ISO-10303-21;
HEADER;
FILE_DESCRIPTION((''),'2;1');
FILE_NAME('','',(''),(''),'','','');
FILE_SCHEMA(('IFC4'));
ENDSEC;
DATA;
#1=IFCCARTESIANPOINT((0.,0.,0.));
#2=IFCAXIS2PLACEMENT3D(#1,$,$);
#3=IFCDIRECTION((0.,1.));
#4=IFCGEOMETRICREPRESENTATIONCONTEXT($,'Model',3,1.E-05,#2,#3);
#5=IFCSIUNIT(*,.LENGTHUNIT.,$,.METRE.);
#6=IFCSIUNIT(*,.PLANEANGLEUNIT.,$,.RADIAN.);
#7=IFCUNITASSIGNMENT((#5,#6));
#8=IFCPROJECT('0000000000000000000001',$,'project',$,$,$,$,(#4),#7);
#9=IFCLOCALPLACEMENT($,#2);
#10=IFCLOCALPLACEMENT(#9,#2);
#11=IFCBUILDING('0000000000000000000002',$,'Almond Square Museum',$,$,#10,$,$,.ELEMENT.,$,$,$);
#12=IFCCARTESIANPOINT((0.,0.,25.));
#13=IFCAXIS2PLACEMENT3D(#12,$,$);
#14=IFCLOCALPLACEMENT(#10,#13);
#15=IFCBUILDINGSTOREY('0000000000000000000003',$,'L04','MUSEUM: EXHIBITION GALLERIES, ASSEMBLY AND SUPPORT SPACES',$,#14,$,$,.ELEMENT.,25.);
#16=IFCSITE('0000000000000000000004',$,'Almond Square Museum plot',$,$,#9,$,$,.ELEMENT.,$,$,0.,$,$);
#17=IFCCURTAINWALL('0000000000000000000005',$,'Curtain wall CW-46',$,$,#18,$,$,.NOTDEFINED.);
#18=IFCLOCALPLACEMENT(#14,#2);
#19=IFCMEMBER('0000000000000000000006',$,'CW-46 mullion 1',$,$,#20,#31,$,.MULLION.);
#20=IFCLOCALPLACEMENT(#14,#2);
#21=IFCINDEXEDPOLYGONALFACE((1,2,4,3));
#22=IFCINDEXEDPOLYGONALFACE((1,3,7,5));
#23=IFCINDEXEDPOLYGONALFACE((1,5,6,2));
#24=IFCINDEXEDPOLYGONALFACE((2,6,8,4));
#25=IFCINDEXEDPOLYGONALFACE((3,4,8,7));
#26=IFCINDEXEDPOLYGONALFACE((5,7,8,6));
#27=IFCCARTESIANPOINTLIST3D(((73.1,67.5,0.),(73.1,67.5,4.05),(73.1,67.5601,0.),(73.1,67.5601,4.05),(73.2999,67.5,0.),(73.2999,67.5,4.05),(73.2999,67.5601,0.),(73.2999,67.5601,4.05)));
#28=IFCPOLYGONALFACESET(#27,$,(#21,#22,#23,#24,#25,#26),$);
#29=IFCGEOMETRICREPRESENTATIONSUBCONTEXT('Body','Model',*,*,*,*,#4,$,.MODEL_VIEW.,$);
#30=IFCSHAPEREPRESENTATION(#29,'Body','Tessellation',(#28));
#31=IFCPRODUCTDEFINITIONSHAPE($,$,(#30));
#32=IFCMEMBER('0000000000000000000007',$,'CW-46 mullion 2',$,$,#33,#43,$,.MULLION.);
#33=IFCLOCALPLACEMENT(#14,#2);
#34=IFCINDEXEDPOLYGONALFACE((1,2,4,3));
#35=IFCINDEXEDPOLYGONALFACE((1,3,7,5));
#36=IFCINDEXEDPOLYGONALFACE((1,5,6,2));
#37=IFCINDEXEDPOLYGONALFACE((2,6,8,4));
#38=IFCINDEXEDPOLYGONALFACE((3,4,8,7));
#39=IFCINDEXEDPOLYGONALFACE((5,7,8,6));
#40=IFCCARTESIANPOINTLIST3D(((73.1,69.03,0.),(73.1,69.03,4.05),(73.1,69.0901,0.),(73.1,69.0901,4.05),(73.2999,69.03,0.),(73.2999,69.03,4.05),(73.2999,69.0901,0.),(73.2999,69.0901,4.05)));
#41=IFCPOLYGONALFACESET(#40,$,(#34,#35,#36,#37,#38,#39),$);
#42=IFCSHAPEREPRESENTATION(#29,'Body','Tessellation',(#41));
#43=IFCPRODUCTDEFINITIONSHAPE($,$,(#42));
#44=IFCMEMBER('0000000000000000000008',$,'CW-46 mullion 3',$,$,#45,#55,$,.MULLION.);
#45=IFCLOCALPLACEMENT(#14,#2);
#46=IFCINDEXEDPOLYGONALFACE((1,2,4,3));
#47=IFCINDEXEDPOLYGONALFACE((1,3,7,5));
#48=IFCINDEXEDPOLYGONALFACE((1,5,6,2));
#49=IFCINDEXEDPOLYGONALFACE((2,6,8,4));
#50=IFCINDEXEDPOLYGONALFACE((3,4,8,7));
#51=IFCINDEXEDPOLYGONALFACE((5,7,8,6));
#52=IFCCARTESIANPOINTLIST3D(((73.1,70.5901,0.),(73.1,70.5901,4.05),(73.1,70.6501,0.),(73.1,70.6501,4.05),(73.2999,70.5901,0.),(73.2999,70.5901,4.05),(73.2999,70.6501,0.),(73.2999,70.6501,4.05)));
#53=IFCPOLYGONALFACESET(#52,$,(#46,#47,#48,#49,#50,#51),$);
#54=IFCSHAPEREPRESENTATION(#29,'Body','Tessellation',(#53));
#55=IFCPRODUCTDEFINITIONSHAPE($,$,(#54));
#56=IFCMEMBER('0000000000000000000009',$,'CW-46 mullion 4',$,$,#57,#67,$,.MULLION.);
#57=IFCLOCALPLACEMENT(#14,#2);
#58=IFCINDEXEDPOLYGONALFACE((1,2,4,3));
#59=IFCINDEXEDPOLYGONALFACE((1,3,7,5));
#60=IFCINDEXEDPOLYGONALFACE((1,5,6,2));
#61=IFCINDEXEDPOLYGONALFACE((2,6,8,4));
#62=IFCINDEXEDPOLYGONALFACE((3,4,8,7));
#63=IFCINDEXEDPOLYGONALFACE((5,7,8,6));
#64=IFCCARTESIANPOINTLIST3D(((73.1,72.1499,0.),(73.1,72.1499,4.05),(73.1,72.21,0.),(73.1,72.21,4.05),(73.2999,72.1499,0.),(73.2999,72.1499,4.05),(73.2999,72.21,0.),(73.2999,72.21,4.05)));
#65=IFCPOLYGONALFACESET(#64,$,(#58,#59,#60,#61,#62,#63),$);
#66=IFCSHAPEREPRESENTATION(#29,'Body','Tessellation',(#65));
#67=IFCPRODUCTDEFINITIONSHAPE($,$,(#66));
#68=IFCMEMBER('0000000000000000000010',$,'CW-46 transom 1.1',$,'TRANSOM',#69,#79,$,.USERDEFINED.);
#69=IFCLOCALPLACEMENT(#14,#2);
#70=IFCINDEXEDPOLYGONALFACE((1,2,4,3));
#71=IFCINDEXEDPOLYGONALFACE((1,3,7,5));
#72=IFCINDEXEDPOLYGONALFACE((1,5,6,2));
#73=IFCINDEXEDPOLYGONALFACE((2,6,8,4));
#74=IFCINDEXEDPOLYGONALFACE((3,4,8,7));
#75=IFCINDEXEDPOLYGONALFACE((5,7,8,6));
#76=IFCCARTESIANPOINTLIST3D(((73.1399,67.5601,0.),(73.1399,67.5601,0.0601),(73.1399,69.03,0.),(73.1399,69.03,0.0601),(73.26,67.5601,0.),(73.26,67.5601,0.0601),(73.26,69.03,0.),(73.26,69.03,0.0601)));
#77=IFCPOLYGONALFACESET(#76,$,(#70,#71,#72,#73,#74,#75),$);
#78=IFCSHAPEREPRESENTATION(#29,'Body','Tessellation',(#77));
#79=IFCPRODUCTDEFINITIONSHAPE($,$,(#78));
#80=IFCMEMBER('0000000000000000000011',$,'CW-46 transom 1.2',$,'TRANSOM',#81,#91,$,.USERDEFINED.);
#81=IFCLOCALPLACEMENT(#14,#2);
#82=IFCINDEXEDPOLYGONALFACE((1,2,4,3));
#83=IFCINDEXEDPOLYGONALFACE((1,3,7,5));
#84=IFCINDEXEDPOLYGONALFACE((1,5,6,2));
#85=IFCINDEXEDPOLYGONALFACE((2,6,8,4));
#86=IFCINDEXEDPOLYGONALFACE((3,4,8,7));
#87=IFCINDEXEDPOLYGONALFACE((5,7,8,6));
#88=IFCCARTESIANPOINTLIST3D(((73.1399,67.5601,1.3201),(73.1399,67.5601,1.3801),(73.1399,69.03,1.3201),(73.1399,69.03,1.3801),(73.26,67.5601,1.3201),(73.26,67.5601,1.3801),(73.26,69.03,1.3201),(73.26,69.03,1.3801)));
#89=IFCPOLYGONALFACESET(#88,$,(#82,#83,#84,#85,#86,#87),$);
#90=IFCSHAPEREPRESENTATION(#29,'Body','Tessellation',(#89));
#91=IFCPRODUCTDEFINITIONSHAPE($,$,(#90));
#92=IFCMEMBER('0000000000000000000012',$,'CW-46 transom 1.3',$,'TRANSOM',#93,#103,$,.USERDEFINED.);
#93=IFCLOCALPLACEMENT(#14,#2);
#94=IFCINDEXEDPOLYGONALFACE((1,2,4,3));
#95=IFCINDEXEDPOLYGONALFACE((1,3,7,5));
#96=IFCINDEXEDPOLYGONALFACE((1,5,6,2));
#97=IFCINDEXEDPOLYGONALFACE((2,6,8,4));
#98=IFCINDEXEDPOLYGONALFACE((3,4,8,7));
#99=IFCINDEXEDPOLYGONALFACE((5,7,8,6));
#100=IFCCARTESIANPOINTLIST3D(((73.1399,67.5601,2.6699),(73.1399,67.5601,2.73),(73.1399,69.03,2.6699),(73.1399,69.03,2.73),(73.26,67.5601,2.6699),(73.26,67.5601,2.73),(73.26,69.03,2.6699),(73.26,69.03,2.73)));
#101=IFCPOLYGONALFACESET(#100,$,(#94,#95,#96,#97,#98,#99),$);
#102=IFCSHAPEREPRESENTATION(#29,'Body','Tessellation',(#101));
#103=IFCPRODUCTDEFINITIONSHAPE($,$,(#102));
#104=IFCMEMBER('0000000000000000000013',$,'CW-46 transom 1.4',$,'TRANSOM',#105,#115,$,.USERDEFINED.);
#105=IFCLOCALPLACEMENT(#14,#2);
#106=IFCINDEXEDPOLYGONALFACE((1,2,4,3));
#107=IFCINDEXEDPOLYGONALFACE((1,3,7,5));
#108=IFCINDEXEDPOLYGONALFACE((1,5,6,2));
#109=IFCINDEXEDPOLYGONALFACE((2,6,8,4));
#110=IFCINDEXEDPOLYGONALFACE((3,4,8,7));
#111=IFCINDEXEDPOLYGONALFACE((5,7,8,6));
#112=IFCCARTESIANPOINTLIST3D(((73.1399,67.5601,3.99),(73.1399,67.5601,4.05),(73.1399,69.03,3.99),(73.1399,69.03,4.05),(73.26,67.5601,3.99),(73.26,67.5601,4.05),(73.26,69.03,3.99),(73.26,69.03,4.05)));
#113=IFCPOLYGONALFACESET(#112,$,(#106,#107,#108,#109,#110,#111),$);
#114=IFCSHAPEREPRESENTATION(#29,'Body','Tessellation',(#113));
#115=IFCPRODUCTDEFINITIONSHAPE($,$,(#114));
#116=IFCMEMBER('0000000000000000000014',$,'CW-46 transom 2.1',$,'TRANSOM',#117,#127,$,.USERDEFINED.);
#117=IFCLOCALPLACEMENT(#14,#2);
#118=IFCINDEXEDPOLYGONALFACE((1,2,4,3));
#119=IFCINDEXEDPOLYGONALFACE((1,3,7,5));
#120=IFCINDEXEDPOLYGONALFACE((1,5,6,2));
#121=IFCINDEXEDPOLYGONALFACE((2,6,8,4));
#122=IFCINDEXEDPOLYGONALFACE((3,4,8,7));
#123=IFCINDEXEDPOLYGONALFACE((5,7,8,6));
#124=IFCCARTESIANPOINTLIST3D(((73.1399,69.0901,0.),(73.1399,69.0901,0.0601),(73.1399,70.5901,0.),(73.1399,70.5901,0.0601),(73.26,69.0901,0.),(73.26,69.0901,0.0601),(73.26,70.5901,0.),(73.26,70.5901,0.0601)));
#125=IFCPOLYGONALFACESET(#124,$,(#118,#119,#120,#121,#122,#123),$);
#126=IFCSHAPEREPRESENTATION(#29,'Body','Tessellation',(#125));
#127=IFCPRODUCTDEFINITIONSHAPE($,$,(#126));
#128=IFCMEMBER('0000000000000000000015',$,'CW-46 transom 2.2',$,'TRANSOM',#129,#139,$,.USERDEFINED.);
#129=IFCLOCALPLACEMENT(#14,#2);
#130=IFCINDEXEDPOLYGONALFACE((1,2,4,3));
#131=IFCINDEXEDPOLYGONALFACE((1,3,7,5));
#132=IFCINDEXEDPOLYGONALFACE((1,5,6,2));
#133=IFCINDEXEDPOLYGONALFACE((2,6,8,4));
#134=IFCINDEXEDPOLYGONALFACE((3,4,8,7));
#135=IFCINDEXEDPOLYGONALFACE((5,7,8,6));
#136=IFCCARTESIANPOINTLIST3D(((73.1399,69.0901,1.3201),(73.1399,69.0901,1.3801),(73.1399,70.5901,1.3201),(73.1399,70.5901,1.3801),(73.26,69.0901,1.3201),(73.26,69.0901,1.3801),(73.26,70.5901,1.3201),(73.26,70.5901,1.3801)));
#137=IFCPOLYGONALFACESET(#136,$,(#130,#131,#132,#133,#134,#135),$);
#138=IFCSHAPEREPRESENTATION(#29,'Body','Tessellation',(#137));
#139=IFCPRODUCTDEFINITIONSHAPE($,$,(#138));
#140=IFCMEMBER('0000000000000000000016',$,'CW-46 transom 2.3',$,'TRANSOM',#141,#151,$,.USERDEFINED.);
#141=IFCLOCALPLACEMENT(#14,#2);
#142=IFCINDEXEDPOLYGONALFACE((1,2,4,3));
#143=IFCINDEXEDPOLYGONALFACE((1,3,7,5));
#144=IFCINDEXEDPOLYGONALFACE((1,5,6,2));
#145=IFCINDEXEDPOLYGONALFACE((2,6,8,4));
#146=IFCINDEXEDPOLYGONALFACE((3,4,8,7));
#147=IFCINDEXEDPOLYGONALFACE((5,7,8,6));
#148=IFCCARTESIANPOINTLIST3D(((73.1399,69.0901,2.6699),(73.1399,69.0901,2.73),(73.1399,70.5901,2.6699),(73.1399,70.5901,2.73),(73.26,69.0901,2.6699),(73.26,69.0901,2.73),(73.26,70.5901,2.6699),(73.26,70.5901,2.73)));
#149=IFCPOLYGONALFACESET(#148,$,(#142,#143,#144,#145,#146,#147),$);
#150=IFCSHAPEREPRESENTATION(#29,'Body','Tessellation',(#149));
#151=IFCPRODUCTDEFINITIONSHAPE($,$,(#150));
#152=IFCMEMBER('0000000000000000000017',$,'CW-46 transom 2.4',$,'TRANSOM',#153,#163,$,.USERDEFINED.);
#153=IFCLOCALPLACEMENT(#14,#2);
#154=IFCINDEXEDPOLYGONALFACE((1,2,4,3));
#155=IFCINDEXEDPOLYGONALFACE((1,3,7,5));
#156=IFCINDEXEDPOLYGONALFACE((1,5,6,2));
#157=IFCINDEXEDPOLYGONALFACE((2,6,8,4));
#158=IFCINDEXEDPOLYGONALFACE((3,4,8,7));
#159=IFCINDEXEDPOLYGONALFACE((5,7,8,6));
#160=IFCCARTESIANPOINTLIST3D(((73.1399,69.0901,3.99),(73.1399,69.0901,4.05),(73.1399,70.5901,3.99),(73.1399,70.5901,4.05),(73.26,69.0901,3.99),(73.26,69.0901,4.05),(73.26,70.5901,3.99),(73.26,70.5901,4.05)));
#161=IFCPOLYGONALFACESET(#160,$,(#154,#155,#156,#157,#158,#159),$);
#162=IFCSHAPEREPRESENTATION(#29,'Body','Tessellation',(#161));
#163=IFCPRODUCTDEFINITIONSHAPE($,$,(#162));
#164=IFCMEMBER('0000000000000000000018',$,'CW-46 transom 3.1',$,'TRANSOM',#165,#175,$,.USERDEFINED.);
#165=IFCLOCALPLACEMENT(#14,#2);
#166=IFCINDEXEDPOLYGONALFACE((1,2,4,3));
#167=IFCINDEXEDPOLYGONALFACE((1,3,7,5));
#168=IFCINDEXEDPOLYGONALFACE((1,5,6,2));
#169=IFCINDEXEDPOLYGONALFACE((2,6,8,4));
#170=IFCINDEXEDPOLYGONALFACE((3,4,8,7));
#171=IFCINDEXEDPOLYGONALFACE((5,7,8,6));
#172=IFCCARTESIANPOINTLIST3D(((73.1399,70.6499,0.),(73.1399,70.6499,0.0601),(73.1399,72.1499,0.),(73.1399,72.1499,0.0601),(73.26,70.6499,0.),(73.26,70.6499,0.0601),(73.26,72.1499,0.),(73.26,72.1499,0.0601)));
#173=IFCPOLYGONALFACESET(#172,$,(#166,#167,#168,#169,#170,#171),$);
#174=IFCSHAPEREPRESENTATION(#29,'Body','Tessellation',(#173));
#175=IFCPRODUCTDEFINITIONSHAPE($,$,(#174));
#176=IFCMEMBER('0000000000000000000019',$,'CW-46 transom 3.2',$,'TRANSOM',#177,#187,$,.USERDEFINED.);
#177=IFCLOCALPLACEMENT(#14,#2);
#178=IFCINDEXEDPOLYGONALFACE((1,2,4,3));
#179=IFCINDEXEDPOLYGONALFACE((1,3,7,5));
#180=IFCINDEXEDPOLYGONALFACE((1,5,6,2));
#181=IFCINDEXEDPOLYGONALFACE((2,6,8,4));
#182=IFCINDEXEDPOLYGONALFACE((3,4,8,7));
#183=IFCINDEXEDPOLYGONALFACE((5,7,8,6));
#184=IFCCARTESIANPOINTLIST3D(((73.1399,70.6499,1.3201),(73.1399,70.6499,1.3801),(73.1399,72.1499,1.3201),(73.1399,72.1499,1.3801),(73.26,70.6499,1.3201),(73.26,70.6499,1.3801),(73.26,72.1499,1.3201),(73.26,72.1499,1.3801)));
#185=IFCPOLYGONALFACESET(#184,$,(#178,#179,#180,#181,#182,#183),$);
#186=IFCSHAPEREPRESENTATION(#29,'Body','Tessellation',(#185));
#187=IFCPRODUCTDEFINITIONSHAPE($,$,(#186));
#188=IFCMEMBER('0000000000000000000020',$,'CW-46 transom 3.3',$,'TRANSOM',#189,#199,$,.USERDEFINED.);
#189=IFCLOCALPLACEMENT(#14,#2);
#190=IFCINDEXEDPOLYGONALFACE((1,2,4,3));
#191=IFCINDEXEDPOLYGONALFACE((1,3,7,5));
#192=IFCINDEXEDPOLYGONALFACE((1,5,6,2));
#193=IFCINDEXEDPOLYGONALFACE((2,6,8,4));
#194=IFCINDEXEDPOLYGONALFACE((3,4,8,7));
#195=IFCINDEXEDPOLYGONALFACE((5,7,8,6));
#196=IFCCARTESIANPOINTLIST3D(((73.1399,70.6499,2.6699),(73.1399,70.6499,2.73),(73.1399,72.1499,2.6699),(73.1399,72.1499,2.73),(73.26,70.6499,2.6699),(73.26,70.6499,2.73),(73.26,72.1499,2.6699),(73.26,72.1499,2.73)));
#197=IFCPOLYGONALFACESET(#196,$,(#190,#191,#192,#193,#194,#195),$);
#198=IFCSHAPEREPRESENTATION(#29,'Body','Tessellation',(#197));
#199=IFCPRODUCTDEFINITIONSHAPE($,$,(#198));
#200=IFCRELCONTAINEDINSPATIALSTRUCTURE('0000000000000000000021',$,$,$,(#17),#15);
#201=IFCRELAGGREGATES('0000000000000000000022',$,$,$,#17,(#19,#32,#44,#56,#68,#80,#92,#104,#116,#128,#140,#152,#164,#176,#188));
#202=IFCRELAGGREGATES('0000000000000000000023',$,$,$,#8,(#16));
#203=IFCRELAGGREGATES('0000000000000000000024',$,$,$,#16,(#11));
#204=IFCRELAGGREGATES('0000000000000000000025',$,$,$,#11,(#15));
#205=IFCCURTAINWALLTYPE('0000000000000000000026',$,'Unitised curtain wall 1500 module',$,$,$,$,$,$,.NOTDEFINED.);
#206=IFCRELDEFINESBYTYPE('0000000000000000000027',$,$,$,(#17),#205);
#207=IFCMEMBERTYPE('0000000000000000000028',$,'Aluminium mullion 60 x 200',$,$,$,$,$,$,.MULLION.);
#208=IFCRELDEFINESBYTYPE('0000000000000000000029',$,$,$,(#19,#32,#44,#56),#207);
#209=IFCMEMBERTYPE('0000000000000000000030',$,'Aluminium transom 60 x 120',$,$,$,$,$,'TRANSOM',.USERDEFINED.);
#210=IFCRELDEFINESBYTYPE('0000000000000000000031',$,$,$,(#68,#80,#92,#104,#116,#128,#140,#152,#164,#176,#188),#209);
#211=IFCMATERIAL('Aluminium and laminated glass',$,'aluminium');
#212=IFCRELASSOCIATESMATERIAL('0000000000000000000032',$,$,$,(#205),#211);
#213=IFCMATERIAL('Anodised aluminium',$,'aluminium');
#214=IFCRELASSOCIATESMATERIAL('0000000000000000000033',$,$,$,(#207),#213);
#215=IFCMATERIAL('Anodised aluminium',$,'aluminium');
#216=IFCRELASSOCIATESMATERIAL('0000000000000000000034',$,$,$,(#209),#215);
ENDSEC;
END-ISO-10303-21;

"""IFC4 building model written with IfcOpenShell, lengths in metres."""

from ifc_helpers import new_model, si_unit, direction, frame, origin, origin_2d, place, context, subcontext, project, spatial, rectangle, extrude, material, material_profile, profile_set, type_object, element, aggregate, save


model = new_model("IFC4")

# Units and contexts
model_context = context("Model", 3, precision=1e-05, world=origin(), true_north=direction((0.0, 1.0)))
body_context = subcontext(model_context, "Body", "Model", "MODEL_VIEW")
ifc_project = project(units=[si_unit("LENGTHUNIT", "METRE"), si_unit("PLANEANGLEUNIT", "RADIAN")], contexts=[model_context])

# Site, building, storey
site_placement = place(None, origin())
site = spatial("IfcSite", under=ifc_project, at=site_placement, Name="Almond Square Museum plot", CompositionType="ELEMENT", RefElevation=0.0)
building_placement = place(site_placement, origin())
building = spatial("IfcBuilding", under=site, at=building_placement, Name="Almond Square Museum", CompositionType="ELEMENT")
storey_placement = place(building_placement, frame((0.0, 0.0, 25.0)))
storey = spatial("IfcBuildingStorey", under=building, at=storey_placement, Name="L04", Description="MUSEUM: EXHIBITION GALLERIES, ASSEMBLY AND SUPPORT SPACES", CompositionType="ELEMENT", Elevation=25.0)

# Curtain wall, members
ifc_material_1 = material(Name="Aluminium and laminated glass", Category="aluminium")
curtain_wall_type = type_object("IfcCurtainWallType", Name="Unitised curtain wall 1500 module", PredefinedType="NOTDEFINED", material=ifc_material_1)
curtain_wall_1_placement = place(storey_placement, origin())
curtain_wall_1 = element("IfcCurtainWall", 1, at=curtain_wall_1_placement, inside=storey, type_object=curtain_wall_type, Name="Curtain wall CW-46", PredefinedType="NOTDEFINED")
ifc_material_2 = material(Name="Anodised aluminium", Category="aluminium")
ifc_material_profile_1 = material_profile(ifc_material_2, rectangle(XDim=0.2, YDim=0.0601, at=origin_2d()))
ifc_profile_set_1 = profile_set([ifc_material_profile_1], Name="Anodised aluminium")
member_type_1 = type_object("IfcMemberType", Name="Aluminium mullion 60 x 200", PredefinedType="MULLION", material=ifc_profile_set_1)
member_1_placement = place(storey_placement, frame((73.2, 67.53, 0.0), z_axis=(0.0, 0.0, 1.0), x_axis=(-1.0, 0.0, 0.0)))
member_1 = element("IfcMember", 2, at=member_1_placement, type_object=member_type_1, Name="CW-46 mullion 1", PredefinedType="MULLION", context=body_context, shape_type="SweptSolid", body=[
    extrude(rectangle(XDim=0.2, YDim=0.0601, at=origin_2d()), origin(), (0.0, 0.0, 1.0), 4.05),
])
member_2_placement = place(storey_placement, frame((73.2, 69.0601, 0.0), z_axis=(0.0, 0.0, 1.0), x_axis=(-1.0, 0.0, 0.0)))
member_2 = element("IfcMember", 3, at=member_2_placement, type_object=member_type_1, Name="CW-46 mullion 2", PredefinedType="MULLION", context=body_context, shape_type="SweptSolid", body=[
    extrude(rectangle(XDim=0.2, YDim=0.0601, at=origin_2d()), origin(), (0.0, 0.0, 1.0), 4.05),
])
member_3_placement = place(storey_placement, frame((73.2, 70.6201, 0.0), z_axis=(0.0, 0.0, 1.0), x_axis=(-1.0, 0.0, 0.0)))
member_3 = element("IfcMember", 4, at=member_3_placement, type_object=member_type_1, Name="CW-46 mullion 3", PredefinedType="MULLION", context=body_context, shape_type="SweptSolid", body=[
    extrude(rectangle(XDim=0.2, YDim=0.0601, at=origin_2d()), origin(), (0.0, 0.0, 1.0), 4.05),
])
member_4_placement = place(storey_placement, frame((73.2, 72.1799, 0.0), z_axis=(0.0, 0.0, 1.0), x_axis=(-1.0, 0.0, 0.0)))
member_4 = element("IfcMember", 5, at=member_4_placement, type_object=member_type_1, Name="CW-46 mullion 4", PredefinedType="MULLION", context=body_context, shape_type="SweptSolid", body=[
    extrude(rectangle(XDim=0.2, YDim=0.0601, at=origin_2d()), origin(), (0.0, 0.0, 1.0), 4.05),
])
ifc_material_3 = material(Name="Anodised aluminium", Category="aluminium")
ifc_material_profile_2 = material_profile(ifc_material_3, rectangle(XDim=0.1201, YDim=0.0601, at=origin_2d()))
ifc_profile_set_2 = profile_set([ifc_material_profile_2], Name="Anodised aluminium")
member_type_2 = type_object("IfcMemberType", Name="Aluminium transom 60 x 120", ElementType="TRANSOM", PredefinedType="USERDEFINED", material=ifc_profile_set_2)
member_5_placement = place(storey_placement, frame((73.2, 67.5601, 0.03), z_axis=(0.0, 1.0, 0.0), x_axis=(-1.0, 0.0, 0.0)))
member_5 = element("IfcMember", 6, at=member_5_placement, type_object=member_type_2, Name="CW-46 transom 1.1", ObjectType="TRANSOM", PredefinedType="USERDEFINED", context=body_context, shape_type="SweptSolid", body=[
    extrude(rectangle(XDim=0.1201, YDim=0.0601, at=origin_2d()), origin(), (0.0, 0.0, 1.0), 1.47),
])
member_6_placement = place(storey_placement, frame((73.2, 67.5601, 1.3501), z_axis=(0.0, 1.0, 0.0), x_axis=(-1.0, 0.0, 0.0)))
member_6 = element("IfcMember", 7, at=member_6_placement, type_object=member_type_2, Name="CW-46 transom 1.2", ObjectType="TRANSOM", PredefinedType="USERDEFINED", context=body_context, shape_type="SweptSolid", body=[
    extrude(rectangle(XDim=0.1201, YDim=0.0601, at=origin_2d()), origin(), (0.0, 0.0, 1.0), 1.47),
])
member_7_placement = place(storey_placement, frame((73.2, 67.5601, 2.7), z_axis=(0.0, 1.0, 0.0), x_axis=(-1.0, 0.0, 0.0)))
member_7 = element("IfcMember", 8, at=member_7_placement, type_object=member_type_2, Name="CW-46 transom 1.3", ObjectType="TRANSOM", PredefinedType="USERDEFINED", context=body_context, shape_type="SweptSolid", body=[
    extrude(rectangle(XDim=0.1201, YDim=0.0601, at=origin_2d()), origin(), (0.0, 0.0, 1.0), 1.47),
])
member_8_placement = place(storey_placement, frame((73.2, 67.5601, 4.02), z_axis=(0.0, 1.0, 0.0), x_axis=(-1.0, 0.0, 0.0)))
member_8 = element("IfcMember", 9, at=member_8_placement, type_object=member_type_2, Name="CW-46 transom 1.4", ObjectType="TRANSOM", PredefinedType="USERDEFINED", context=body_context, shape_type="SweptSolid", body=[
    extrude(rectangle(XDim=0.1201, YDim=0.0601, at=origin_2d()), origin(), (0.0, 0.0, 1.0), 1.47),
])
member_9_placement = place(storey_placement, frame((73.2, 69.0901, 0.03), z_axis=(0.0, 1.0, 0.0), x_axis=(-1.0, 0.0, 0.0)))
member_9 = element("IfcMember", 10, at=member_9_placement, type_object=member_type_2, Name="CW-46 transom 2.1", ObjectType="TRANSOM", PredefinedType="USERDEFINED", context=body_context, shape_type="SweptSolid", body=[
    extrude(rectangle(XDim=0.1201, YDim=0.0601, at=origin_2d()), origin(), (0.0, 0.0, 1.0), 1.5),
])
member_10_placement = place(storey_placement, frame((73.2, 69.0901, 1.3501), z_axis=(0.0, 1.0, 0.0), x_axis=(-1.0, 0.0, 0.0)))
member_10 = element("IfcMember", 11, at=member_10_placement, type_object=member_type_2, Name="CW-46 transom 2.2", ObjectType="TRANSOM", PredefinedType="USERDEFINED", context=body_context, shape_type="SweptSolid", body=[
    extrude(rectangle(XDim=0.1201, YDim=0.0601, at=origin_2d()), origin(), (0.0, 0.0, 1.0), 1.5),
])
member_11_placement = place(storey_placement, frame((73.2, 69.0901, 2.7), z_axis=(0.0, 1.0, 0.0), x_axis=(-1.0, 0.0, 0.0)))
member_11 = element("IfcMember", 12, at=member_11_placement, type_object=member_type_2, Name="CW-46 transom 2.3", ObjectType="TRANSOM", PredefinedType="USERDEFINED", context=body_context, shape_type="SweptSolid", body=[
    extrude(rectangle(XDim=0.1201, YDim=0.0601, at=origin_2d()), origin(), (0.0, 0.0, 1.0), 1.5),
])
member_12_placement = place(storey_placement, frame((73.2, 69.0901, 4.02), z_axis=(0.0, 1.0, 0.0), x_axis=(-1.0, 0.0, 0.0)))
member_12 = element("IfcMember", 13, at=member_12_placement, type_object=member_type_2, Name="CW-46 transom 2.4", ObjectType="TRANSOM", PredefinedType="USERDEFINED", context=body_context, shape_type="SweptSolid", body=[
    extrude(rectangle(XDim=0.1201, YDim=0.0601, at=origin_2d()), origin(), (0.0, 0.0, 1.0), 1.5),
])
member_13_placement = place(storey_placement, frame((73.2, 70.6499, 0.03), z_axis=(0.0, 1.0, 0.0), x_axis=(-1.0, 0.0, 0.0)))
member_13 = element("IfcMember", 14, at=member_13_placement, type_object=member_type_2, Name="CW-46 transom 3.1", ObjectType="TRANSOM", PredefinedType="USERDEFINED", context=body_context, shape_type="SweptSolid", body=[
    extrude(rectangle(XDim=0.1201, YDim=0.0601, at=origin_2d()), origin(), (0.0, 0.0, 1.0), 1.5),
])
member_14_placement = place(storey_placement, frame((73.2, 70.6499, 1.3501), z_axis=(0.0, 1.0, 0.0), x_axis=(-1.0, 0.0, 0.0)))
member_14 = element("IfcMember", 15, at=member_14_placement, type_object=member_type_2, Name="CW-46 transom 3.2", ObjectType="TRANSOM", PredefinedType="USERDEFINED", context=body_context, shape_type="SweptSolid", body=[
    extrude(rectangle(XDim=0.1201, YDim=0.0601, at=origin_2d()), origin(), (0.0, 0.0, 1.0), 1.5),
])
member_15_placement = place(storey_placement, frame((73.2, 70.6499, 2.7), z_axis=(0.0, 1.0, 0.0), x_axis=(-1.0, 0.0, 0.0)))
member_15 = element("IfcMember", 16, at=member_15_placement, type_object=member_type_2, Name="CW-46 transom 3.3", ObjectType="TRANSOM", PredefinedType="USERDEFINED", context=body_context, shape_type="SweptSolid", body=[
    extrude(rectangle(XDim=0.1201, YDim=0.0601, at=origin_2d()), origin(), (0.0, 0.0, 1.0), 1.5),
])

aggregate(curtain_wall_1, [member_1, member_2, member_3, member_4, member_5, member_6, member_7, member_8, member_9, member_10, member_11, member_12, member_13, member_14, member_15])

save(model, "model.ifc")
